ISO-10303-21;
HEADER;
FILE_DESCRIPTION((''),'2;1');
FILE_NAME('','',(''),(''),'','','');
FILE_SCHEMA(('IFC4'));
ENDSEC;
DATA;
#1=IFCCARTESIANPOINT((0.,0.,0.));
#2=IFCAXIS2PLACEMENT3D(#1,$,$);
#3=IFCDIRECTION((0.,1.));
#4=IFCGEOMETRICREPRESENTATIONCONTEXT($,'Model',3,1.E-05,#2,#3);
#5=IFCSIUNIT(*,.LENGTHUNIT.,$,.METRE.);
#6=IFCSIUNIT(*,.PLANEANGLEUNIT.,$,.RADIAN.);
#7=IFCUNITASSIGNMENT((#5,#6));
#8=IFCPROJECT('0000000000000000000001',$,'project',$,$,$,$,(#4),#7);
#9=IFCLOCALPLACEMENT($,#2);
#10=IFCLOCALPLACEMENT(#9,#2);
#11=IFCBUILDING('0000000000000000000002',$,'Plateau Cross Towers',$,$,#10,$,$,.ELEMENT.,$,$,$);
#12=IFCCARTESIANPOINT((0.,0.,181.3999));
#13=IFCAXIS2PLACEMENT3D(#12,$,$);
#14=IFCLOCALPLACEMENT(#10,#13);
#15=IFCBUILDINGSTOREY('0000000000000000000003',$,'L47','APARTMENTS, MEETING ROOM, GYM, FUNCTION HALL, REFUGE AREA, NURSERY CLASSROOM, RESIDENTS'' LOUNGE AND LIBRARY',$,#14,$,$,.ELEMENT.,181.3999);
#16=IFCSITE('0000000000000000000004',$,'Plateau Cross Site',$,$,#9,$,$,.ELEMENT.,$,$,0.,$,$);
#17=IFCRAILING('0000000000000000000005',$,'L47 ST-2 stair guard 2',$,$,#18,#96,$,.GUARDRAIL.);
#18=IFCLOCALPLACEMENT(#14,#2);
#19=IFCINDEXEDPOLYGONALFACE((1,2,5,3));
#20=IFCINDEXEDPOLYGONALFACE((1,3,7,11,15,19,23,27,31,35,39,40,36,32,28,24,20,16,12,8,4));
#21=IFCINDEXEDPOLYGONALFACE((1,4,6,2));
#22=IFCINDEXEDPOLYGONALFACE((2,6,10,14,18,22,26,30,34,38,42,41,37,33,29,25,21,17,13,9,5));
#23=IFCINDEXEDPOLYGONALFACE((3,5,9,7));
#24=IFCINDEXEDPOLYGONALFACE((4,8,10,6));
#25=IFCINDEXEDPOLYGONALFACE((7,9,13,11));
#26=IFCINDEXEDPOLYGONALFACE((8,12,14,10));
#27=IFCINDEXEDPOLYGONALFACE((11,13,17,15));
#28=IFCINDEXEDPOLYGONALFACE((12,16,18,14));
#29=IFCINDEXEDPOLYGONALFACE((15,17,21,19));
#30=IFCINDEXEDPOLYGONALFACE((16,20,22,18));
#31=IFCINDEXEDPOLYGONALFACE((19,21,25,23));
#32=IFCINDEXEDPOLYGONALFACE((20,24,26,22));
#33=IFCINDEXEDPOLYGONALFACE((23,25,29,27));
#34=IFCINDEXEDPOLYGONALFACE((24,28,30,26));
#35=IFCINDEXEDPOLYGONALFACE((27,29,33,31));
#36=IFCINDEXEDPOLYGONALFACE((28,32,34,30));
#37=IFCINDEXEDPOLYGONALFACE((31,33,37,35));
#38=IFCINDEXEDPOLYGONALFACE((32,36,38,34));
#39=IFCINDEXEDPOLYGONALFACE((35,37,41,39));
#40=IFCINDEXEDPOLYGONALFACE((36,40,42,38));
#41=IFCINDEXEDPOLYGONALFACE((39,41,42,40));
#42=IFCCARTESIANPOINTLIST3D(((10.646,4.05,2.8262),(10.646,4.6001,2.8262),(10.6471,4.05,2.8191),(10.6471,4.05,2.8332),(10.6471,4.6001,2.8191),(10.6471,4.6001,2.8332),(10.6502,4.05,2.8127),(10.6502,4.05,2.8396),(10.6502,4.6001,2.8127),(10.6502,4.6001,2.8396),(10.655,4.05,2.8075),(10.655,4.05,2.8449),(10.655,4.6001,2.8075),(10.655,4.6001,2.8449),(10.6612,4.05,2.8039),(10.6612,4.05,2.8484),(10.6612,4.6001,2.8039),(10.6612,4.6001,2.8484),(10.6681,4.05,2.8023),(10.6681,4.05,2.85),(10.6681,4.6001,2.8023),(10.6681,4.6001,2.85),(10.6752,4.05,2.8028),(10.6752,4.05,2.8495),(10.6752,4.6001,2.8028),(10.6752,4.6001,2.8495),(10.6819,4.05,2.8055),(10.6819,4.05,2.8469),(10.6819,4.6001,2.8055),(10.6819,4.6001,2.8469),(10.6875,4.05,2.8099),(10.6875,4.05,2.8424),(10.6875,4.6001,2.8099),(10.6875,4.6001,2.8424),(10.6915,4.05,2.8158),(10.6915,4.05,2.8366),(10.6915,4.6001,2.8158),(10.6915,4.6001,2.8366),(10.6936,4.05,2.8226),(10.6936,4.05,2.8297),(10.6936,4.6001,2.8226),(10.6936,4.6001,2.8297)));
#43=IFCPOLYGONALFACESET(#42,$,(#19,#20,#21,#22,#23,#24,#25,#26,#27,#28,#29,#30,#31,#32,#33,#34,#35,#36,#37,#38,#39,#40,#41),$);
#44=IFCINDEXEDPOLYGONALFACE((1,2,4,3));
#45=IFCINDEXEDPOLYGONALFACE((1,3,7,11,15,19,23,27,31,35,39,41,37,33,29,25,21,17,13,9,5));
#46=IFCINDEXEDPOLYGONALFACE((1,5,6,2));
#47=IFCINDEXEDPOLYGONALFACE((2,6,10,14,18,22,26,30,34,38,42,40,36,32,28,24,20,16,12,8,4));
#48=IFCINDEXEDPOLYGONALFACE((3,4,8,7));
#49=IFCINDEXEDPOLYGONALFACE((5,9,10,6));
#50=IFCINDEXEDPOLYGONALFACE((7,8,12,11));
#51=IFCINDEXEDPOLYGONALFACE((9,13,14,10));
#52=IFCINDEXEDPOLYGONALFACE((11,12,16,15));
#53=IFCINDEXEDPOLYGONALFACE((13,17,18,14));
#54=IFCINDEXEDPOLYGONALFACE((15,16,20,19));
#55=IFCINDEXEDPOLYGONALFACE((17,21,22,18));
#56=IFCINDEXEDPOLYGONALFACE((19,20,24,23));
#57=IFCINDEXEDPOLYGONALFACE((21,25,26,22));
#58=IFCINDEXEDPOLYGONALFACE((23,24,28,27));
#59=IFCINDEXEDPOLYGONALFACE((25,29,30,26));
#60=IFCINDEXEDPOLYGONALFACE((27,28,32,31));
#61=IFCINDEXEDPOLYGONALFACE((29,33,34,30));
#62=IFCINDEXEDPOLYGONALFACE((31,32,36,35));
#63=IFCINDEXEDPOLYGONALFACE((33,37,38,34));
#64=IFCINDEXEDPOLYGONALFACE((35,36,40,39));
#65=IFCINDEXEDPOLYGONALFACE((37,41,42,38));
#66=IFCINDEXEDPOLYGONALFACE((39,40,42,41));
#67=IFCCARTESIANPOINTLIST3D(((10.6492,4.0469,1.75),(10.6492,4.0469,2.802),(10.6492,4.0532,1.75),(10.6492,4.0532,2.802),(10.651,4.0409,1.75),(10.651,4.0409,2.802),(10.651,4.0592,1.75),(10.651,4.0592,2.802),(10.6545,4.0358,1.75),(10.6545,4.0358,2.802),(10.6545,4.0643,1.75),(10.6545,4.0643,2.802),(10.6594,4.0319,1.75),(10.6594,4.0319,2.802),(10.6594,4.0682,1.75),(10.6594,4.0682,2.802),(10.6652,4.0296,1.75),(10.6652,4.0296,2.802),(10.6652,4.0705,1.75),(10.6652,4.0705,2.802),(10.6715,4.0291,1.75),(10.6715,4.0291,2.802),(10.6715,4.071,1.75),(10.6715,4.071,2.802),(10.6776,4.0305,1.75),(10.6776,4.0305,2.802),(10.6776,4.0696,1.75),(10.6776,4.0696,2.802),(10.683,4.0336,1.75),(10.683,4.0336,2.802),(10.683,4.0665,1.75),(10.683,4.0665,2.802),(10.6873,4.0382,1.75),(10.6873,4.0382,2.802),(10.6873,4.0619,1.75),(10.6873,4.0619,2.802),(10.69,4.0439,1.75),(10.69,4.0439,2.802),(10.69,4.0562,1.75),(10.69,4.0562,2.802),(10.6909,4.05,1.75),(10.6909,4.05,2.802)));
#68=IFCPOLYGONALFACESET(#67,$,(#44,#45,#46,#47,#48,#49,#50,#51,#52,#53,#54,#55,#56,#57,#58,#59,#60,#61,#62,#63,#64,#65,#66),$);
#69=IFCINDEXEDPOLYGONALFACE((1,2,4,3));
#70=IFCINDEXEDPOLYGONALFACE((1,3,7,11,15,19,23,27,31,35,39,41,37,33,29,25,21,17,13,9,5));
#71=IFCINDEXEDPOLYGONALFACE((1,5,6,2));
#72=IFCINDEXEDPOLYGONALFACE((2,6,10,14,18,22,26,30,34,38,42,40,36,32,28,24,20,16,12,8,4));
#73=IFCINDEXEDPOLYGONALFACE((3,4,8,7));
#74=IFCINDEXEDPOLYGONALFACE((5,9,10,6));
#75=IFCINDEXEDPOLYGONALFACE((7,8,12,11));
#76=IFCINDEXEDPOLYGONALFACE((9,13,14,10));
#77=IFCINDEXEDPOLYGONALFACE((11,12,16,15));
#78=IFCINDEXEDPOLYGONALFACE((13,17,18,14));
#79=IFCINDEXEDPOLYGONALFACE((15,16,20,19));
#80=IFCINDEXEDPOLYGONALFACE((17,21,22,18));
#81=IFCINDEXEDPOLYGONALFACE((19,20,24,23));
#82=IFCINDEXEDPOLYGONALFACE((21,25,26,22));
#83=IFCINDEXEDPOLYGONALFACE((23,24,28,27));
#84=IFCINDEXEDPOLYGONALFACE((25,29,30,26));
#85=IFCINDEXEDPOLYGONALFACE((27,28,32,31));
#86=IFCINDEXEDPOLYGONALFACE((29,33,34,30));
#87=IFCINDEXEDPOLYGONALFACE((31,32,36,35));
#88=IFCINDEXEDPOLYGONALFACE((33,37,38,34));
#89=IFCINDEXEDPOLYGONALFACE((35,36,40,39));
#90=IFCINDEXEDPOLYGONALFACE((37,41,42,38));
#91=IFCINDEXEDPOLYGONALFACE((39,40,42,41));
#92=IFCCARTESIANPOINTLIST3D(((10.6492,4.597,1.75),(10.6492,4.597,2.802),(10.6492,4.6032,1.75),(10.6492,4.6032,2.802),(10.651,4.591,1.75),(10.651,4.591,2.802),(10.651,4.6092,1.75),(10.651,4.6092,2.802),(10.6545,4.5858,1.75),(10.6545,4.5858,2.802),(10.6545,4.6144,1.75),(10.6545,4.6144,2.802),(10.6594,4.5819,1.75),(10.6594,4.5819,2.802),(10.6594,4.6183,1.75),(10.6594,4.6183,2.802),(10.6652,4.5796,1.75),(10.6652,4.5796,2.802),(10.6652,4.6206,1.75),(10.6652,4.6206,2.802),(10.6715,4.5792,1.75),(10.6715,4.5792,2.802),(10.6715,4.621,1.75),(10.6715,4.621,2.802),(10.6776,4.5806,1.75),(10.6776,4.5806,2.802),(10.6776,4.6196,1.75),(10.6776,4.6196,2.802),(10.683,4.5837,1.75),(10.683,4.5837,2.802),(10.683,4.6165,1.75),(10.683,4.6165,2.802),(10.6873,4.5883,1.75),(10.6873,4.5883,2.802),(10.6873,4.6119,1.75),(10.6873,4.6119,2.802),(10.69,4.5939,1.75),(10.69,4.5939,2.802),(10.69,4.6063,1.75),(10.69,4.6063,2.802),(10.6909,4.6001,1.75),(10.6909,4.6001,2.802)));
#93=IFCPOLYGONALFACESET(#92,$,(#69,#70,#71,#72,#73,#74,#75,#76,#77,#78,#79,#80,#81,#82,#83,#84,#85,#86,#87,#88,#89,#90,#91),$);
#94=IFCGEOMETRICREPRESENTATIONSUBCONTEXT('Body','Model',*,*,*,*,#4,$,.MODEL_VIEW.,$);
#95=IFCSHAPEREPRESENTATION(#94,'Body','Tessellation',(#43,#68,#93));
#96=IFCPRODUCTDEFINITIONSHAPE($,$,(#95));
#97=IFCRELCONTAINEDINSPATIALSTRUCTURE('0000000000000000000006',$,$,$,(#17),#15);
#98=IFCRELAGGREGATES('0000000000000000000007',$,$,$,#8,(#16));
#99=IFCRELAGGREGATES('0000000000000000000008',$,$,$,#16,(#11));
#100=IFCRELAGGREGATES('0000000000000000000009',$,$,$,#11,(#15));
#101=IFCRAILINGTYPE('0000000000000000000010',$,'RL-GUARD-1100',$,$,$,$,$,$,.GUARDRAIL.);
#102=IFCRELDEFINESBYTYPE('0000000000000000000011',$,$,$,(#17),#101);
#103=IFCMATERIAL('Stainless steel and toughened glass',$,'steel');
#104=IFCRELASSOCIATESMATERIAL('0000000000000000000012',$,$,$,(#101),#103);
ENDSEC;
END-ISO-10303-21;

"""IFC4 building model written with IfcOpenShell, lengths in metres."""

from ifc_helpers import new_model, si_unit, direction, frame, origin, origin_2d, place, context, subcontext, project, spatial, circle, extrude, material, type_object, element, save


model = new_model("IFC4")

# Units and contexts
model_context = context("Model", 3, precision=1e-05, world=origin(), true_north=direction((0.0, 1.0)))
body_context = subcontext(model_context, "Body", "Model", "MODEL_VIEW")
ifc_project = project(units=[si_unit("LENGTHUNIT", "METRE"), si_unit("PLANEANGLEUNIT", "RADIAN")], contexts=[model_context])

# Site, building, storey
site_placement = place(None, origin())
site = spatial("IfcSite", under=ifc_project, at=site_placement, Name="Plateau Cross Site", CompositionType="ELEMENT", RefElevation=0.0)
building_placement = place(site_placement, origin())
building = spatial("IfcBuilding", under=site, at=building_placement, Name="Plateau Cross Towers", CompositionType="ELEMENT")
storey_placement = place(building_placement, frame((0.0, 0.0, 181.3999)))
storey = spatial("IfcBuildingStorey", under=building, at=storey_placement, Name="L47", Description="APARTMENTS, MEETING ROOM, GYM, FUNCTION HALL, REFUGE AREA, NURSERY CLASSROOM, RESIDENTS' LOUNGE AND LIBRARY", CompositionType="ELEMENT", Elevation=181.3999)

# Railing
ifc_material_1 = material(Name="Stainless steel and toughened glass", Category="steel")
railing_type_1 = type_object("IfcRailingType", Name="RL-GUARD-1100", PredefinedType="GUARDRAIL", material=ifc_material_1)
railing_1_placement = place(storey_placement, frame((10.6699, 4.05, 1.75)))
element("IfcRailing", 1, at=railing_1_placement, inside=storey, type_object=railing_type_1, Name="L47 ST-2 stair guard 2", PredefinedType="GUARDRAIL", context=body_context, shape_type="SweptSolid", body=[
    extrude(circle(Radius=0.0239, at=origin_2d()), frame((0.0, 0.0, 1.0762), z_axis=(0.0, 1.0, 0.0), x_axis=(-1.0, 0.0, 0.0)), (0.0, 0.0, 1.0), 0.55),
    extrude(circle(Radius=0.021, at=origin_2d()), origin(), (0.0, 0.0, 1.0), 1.052),
    extrude(circle(Radius=0.021, at=origin_2d()), frame((0.0, 0.55, 0.0)), (0.0, 0.0, 1.0), 1.052),
])

save(model, "model.ifc")
